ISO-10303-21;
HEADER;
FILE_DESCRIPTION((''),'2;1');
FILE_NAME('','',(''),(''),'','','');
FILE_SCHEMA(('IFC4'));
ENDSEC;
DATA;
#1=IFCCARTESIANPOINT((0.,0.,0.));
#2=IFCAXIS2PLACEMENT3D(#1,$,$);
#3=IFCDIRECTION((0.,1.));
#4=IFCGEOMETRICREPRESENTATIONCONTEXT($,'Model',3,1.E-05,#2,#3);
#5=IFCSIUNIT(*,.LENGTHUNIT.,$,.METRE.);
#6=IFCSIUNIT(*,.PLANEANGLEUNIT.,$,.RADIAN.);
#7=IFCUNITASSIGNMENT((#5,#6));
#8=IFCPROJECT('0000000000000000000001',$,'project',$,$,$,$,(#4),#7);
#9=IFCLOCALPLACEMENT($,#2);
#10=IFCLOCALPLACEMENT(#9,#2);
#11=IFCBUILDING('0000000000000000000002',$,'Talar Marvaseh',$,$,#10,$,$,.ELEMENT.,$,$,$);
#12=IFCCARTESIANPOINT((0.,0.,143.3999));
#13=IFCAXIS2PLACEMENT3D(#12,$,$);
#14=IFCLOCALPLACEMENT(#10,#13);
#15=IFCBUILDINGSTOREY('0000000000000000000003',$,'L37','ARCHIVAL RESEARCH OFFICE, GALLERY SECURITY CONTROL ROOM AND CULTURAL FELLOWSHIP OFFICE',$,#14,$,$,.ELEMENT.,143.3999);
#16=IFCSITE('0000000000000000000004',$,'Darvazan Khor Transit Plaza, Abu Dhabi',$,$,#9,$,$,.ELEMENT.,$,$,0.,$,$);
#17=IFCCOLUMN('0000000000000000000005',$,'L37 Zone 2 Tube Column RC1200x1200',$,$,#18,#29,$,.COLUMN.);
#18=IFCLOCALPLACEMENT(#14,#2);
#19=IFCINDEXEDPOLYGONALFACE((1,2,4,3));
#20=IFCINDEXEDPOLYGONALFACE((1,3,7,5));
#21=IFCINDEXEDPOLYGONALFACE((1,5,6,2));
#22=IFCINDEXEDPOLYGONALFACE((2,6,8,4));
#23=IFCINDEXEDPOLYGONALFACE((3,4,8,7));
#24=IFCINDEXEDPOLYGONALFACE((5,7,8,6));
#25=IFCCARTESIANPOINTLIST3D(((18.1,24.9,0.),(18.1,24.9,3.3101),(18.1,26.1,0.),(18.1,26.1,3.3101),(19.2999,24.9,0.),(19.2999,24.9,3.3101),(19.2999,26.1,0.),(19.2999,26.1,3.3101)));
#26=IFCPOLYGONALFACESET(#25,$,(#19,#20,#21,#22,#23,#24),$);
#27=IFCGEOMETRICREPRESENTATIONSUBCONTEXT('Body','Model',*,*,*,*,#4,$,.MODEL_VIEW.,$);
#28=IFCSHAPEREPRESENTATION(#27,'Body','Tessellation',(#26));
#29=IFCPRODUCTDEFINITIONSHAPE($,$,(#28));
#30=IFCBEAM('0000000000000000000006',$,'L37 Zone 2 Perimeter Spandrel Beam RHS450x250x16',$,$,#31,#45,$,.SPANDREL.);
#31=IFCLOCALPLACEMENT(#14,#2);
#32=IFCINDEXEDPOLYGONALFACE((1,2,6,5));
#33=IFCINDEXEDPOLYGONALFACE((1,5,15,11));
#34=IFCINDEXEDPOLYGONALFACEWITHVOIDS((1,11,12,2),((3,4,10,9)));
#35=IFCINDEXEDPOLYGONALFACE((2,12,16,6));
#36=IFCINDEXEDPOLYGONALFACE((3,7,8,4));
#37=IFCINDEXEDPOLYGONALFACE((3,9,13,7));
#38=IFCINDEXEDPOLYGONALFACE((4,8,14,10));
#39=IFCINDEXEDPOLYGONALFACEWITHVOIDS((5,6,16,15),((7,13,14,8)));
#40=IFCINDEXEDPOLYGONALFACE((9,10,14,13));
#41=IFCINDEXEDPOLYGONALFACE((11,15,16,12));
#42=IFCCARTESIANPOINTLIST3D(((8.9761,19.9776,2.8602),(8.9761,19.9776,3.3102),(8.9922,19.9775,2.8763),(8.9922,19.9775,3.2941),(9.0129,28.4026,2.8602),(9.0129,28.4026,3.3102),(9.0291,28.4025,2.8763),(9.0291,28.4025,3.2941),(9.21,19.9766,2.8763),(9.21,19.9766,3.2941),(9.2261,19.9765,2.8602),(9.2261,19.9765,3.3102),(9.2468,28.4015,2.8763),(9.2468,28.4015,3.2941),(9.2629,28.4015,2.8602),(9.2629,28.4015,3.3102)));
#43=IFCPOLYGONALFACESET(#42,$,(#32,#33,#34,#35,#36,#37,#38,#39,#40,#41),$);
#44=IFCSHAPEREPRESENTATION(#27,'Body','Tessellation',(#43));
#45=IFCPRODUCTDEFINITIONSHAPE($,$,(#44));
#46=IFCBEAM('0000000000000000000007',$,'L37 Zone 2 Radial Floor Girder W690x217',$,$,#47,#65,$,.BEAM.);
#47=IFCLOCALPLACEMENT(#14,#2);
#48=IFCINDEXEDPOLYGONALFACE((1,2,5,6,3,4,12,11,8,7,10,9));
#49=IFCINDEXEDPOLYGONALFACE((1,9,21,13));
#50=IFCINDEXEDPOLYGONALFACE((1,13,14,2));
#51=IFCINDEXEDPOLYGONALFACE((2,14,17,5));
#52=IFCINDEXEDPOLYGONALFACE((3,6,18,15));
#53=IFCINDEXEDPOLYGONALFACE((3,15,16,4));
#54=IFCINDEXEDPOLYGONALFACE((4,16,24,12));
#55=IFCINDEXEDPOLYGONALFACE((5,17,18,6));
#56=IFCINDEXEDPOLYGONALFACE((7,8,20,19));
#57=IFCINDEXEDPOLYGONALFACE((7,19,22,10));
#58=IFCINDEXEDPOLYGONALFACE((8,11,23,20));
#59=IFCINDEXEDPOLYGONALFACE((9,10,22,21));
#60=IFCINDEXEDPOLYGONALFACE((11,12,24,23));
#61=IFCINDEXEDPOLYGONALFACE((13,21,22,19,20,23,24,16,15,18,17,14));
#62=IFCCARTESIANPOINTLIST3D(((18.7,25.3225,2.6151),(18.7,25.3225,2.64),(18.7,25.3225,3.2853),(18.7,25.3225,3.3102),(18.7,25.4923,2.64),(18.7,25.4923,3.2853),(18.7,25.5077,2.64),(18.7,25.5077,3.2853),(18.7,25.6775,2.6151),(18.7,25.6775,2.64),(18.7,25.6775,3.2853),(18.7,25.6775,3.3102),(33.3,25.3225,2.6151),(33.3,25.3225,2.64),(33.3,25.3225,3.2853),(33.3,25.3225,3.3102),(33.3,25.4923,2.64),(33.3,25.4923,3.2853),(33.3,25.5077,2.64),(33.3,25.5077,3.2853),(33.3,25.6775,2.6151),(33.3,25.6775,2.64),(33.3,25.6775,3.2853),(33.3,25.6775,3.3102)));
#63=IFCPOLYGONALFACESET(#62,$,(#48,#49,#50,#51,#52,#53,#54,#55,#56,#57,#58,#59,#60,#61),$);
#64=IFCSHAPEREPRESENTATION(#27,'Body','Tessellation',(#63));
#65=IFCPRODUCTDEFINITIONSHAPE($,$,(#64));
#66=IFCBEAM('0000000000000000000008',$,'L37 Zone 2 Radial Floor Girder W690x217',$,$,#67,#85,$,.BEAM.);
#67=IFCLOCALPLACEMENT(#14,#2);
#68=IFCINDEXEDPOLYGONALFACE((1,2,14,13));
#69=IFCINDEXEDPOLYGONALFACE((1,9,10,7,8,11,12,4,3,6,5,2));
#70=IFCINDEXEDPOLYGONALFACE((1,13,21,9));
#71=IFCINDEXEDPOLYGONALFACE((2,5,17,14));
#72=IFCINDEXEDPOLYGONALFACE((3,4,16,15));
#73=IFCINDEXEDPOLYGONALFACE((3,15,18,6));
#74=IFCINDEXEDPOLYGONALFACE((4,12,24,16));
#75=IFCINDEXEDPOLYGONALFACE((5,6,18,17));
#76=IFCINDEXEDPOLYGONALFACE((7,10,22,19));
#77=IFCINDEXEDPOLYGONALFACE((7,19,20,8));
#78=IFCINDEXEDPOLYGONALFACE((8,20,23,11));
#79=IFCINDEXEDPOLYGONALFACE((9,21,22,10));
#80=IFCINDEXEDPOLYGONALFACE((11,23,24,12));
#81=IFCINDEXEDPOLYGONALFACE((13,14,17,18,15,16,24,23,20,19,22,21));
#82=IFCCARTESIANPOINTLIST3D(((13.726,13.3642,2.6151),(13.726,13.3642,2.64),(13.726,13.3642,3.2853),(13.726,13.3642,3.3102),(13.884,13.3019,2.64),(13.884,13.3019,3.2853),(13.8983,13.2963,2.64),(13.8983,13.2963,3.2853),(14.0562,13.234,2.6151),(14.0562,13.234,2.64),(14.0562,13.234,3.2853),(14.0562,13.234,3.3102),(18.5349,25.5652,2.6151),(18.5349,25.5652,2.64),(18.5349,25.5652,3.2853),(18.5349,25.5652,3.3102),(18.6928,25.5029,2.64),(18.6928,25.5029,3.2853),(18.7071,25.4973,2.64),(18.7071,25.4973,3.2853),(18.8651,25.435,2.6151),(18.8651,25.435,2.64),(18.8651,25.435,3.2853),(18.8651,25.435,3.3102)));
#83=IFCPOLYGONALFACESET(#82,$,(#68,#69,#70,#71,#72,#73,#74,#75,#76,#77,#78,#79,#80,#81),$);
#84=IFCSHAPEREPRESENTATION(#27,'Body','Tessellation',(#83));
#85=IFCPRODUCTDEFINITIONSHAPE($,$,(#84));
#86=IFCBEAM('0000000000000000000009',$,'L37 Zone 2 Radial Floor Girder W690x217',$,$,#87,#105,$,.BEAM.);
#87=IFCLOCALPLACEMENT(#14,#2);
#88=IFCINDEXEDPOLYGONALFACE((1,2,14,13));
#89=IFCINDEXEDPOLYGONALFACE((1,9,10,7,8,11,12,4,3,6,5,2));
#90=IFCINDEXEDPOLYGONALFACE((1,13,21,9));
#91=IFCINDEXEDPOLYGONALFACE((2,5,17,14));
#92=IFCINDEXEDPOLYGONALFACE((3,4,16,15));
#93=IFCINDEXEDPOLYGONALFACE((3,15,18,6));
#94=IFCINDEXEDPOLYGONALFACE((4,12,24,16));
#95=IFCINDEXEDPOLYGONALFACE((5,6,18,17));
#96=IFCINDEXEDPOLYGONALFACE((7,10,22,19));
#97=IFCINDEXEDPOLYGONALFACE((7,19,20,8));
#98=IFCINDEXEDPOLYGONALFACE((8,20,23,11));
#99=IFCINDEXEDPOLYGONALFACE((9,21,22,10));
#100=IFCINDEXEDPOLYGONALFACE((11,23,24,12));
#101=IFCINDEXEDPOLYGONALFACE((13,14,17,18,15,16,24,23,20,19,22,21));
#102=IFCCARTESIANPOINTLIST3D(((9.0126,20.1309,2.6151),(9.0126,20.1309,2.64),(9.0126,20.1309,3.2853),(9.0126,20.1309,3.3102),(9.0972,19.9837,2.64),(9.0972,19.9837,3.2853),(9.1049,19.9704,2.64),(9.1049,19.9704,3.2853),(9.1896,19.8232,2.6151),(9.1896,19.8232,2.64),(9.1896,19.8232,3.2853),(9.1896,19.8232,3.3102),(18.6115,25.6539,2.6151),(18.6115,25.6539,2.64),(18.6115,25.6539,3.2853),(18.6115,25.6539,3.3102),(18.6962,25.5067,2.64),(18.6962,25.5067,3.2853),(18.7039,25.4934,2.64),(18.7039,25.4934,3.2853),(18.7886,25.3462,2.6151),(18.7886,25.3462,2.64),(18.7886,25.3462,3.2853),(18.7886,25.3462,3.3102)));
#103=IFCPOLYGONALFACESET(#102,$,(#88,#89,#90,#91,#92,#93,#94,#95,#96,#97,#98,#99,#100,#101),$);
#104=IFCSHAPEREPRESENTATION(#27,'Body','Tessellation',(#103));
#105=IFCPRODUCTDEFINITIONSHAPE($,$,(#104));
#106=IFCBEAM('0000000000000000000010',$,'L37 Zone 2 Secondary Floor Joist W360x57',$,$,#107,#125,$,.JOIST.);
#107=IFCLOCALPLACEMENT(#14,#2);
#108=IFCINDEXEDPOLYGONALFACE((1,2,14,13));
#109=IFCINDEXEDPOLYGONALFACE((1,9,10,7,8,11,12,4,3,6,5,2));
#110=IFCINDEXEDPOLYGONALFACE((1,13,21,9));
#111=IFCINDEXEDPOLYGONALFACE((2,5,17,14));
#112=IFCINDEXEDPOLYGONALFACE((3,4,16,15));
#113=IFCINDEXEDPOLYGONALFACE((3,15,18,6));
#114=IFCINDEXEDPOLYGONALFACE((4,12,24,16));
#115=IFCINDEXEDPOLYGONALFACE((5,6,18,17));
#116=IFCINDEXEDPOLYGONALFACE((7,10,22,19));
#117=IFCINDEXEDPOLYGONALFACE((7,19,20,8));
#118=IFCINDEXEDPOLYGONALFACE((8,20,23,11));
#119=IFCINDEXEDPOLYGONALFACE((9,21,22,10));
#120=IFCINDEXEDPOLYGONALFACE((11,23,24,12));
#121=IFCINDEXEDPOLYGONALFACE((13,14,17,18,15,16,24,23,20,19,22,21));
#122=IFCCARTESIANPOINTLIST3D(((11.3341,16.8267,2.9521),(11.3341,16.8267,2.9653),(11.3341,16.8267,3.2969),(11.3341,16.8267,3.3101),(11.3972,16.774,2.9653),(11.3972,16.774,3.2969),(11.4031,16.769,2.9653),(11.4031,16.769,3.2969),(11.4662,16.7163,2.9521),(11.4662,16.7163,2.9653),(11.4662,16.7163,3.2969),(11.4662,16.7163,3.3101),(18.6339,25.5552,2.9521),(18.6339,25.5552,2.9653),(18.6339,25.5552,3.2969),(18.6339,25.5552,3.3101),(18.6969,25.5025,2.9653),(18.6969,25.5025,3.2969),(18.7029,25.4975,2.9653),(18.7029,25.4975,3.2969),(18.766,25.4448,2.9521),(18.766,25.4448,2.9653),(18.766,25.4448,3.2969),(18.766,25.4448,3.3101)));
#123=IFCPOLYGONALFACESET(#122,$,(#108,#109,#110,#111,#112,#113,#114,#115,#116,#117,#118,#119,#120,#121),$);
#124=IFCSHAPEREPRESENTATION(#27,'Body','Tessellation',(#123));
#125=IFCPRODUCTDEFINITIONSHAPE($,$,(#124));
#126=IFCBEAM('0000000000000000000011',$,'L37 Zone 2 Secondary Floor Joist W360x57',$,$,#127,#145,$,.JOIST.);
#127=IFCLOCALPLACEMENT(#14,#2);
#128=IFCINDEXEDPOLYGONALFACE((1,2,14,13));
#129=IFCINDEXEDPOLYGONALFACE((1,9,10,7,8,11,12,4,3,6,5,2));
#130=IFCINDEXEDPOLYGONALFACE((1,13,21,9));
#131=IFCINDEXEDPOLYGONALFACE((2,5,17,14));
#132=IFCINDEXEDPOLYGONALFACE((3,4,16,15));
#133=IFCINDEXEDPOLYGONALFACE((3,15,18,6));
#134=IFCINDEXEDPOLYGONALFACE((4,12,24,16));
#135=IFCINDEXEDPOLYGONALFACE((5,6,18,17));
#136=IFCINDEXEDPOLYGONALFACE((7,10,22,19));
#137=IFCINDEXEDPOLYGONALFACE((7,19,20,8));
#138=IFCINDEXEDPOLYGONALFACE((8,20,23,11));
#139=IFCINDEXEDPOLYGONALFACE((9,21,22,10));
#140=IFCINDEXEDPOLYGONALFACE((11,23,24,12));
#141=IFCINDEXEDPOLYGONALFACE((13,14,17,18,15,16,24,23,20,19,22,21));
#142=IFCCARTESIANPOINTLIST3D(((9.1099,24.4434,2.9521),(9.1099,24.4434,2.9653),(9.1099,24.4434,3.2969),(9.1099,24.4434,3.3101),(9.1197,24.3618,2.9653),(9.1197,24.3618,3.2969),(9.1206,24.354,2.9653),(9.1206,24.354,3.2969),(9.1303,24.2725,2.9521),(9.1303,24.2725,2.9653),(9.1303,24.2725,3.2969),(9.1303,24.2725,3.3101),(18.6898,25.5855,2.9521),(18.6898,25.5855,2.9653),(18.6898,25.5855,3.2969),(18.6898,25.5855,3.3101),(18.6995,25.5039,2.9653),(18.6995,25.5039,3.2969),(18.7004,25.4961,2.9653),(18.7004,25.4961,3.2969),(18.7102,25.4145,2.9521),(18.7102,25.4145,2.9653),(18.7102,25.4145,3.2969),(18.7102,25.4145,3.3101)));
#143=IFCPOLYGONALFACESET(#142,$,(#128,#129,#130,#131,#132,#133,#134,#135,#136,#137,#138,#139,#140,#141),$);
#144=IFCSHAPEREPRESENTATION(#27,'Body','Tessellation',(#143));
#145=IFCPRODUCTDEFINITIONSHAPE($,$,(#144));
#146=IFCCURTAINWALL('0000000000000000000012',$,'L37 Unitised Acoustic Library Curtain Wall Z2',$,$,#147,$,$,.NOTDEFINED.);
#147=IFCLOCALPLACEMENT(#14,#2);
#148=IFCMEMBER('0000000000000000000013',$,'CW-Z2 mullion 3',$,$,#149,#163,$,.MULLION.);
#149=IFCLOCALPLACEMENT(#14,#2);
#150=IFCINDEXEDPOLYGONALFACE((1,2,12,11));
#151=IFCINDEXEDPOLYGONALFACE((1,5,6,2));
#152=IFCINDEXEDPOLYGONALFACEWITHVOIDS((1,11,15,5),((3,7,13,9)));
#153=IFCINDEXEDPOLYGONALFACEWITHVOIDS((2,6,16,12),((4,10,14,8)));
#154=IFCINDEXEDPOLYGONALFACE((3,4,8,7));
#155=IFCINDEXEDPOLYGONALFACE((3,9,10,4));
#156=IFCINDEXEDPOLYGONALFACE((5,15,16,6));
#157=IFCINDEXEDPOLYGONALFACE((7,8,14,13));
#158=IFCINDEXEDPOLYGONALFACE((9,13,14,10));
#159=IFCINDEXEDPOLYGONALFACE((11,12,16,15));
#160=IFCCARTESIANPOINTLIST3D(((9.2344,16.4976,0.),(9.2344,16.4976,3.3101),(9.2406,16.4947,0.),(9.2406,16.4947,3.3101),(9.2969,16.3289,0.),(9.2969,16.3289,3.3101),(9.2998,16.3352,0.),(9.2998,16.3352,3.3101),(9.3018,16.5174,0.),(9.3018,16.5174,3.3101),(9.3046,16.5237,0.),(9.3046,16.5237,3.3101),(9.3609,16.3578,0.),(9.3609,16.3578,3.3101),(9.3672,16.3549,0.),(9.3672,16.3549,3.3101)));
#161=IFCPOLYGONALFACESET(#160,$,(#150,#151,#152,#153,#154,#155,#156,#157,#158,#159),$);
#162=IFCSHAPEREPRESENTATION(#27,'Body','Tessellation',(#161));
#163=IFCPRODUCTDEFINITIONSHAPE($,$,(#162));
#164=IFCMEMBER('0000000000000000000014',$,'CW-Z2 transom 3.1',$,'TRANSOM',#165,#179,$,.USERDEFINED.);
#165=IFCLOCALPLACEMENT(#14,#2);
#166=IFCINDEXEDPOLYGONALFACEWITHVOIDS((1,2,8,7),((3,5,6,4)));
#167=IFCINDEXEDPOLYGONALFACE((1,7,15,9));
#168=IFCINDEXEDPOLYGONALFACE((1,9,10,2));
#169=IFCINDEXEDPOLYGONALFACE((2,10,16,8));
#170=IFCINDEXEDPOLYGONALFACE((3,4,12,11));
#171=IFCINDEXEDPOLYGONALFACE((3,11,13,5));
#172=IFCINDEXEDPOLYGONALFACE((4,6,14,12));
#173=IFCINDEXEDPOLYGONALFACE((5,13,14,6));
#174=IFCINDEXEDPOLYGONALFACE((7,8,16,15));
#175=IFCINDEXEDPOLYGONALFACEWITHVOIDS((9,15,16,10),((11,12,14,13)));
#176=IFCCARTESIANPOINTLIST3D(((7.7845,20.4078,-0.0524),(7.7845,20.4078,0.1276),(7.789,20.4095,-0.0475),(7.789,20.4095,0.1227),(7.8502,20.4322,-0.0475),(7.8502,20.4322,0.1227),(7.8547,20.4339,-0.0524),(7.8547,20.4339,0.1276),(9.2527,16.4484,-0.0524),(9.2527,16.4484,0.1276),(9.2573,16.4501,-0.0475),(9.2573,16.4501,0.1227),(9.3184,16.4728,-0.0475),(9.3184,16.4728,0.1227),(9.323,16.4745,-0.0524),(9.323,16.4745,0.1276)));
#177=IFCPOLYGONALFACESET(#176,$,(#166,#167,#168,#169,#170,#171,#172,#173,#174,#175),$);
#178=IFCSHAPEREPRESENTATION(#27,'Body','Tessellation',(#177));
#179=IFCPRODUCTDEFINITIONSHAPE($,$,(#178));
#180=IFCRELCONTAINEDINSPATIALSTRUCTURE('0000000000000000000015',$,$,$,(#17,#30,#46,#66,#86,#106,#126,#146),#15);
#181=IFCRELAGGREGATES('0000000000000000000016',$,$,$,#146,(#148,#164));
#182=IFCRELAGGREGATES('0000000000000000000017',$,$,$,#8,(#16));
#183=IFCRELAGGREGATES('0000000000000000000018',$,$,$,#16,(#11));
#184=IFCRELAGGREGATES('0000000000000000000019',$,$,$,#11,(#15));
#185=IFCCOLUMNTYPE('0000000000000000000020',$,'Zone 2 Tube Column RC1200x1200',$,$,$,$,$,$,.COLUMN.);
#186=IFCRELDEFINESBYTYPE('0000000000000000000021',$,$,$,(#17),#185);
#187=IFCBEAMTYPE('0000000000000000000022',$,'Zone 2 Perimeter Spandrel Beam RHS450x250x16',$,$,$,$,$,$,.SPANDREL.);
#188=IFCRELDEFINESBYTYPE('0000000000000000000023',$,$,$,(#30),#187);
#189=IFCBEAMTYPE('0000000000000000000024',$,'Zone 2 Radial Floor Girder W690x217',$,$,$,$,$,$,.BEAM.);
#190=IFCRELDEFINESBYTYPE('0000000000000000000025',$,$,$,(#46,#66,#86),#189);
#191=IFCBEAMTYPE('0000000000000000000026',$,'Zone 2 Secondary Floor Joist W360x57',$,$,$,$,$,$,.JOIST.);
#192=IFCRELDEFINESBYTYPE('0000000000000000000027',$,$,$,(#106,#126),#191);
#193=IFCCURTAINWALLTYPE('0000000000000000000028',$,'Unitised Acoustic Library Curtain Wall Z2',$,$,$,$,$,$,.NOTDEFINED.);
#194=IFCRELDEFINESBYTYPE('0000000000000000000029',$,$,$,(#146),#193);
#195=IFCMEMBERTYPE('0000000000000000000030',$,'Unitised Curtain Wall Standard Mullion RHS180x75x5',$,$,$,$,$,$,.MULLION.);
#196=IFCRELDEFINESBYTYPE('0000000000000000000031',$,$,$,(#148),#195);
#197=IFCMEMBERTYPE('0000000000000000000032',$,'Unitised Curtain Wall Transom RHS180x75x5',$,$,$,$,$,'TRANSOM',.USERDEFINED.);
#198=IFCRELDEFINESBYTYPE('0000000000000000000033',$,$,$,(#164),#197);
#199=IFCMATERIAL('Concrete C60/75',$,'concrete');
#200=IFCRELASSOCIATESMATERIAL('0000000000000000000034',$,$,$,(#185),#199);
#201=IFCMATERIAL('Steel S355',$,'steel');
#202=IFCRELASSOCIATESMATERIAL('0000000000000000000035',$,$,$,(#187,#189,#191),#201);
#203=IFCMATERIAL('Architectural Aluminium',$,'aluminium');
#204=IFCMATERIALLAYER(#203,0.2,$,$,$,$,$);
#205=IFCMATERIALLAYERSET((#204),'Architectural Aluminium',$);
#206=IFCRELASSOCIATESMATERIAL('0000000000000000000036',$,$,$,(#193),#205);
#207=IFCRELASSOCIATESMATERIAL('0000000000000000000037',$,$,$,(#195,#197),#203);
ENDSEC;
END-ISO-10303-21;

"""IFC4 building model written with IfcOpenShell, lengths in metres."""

from ifc_helpers import new_model, si_unit, direction, frame, origin, origin_2d, place, context, subcontext, project, spatial, rectangle, hollow_rectangle, i_section, extrude, source, transform, mapped, material, layer, layer_set, material_profile, profile_set, type_object, type_shapes, element, aggregate, save


model = new_model("IFC4")

# Units and contexts
model_context = context("Model", 3, precision=1e-05, world=origin(), true_north=direction((0.0, 1.0)))
body_context = subcontext(model_context, "Body", "Model", "MODEL_VIEW")
ifc_project = project(units=[si_unit("LENGTHUNIT", "METRE"), si_unit("PLANEANGLEUNIT", "RADIAN")], contexts=[model_context])

# Site, building, storey
site_placement = place(None, origin())
site = spatial("IfcSite", under=ifc_project, at=site_placement, Name="Darvazan Khor Transit Plaza, Abu Dhabi", CompositionType="ELEMENT", RefElevation=0.0)
building_placement = place(site_placement, origin())
building = spatial("IfcBuilding", under=site, at=building_placement, Name="Talar Marvaseh", CompositionType="ELEMENT")
storey_placement = place(building_placement, frame((0.0, 0.0, 143.3999)))
storey = spatial("IfcBuildingStorey", under=building, at=storey_placement, Name="L37", Description="ARCHIVAL RESEARCH OFFICE, GALLERY SECURITY CONTROL ROOM AND CULTURAL FELLOWSHIP OFFICE", CompositionType="ELEMENT", Elevation=143.3999)

# Column
ifc_material_1 = material(Name="Concrete C60/75", Category="concrete")
ifc_material_profile_1 = material_profile(ifc_material_1, rectangle(XDim=1.2, YDim=1.2, at=origin_2d()), Name="RC1200x1200")
ifc_profile_set_1 = profile_set([ifc_material_profile_1], Name="Concrete C60/75")
column_type = type_object("IfcColumnType", Name="Zone 2 Tube Column RC1200x1200", PredefinedType="COLUMN", material=ifc_profile_set_1)
column_placement = place(storey_placement, frame((18.7, 25.5, 0.0), z_axis=(0.0, 0.0, 1.0), x_axis=(1.0, 0.0, 0.0)))
element("IfcColumn", 1, at=column_placement, inside=storey, type_object=column_type, Name="L37 Zone 2 Tube Column RC1200x1200", PredefinedType="COLUMN", context=body_context, shape_type="SweptSolid", body=[
    extrude(rectangle(XDim=1.2, YDim=1.2, at=origin_2d()), origin(), (0.0, 0.0, 1.0), 3.3101),
])

# Beams
ifc_material_2 = material(Name="Steel S355", Category="steel")
ifc_material_profile_2 = material_profile(ifc_material_2, hollow_rectangle(XDim=0.25, YDim=0.45, WallThickness=0.0161, at=origin_2d()), Name="RHS450x250x16")
ifc_profile_set_2 = profile_set([ifc_material_profile_2], Name="Steel S355")
beam_type_1 = type_object("IfcBeamType", Name="Zone 2 Perimeter Spandrel Beam RHS450x250x16", PredefinedType="SPANDREL", material=ifc_profile_set_2)
beam_1_placement = place(storey_placement, frame((9.1011, 19.9771, 3.0852), z_axis=(0.004376, 0.99999, 0.0), x_axis=(-0.99999, 0.004376, 0.0)))
element("IfcBeam", 2, at=beam_1_placement, inside=storey, type_object=beam_type_1, Name="L37 Zone 2 Perimeter Spandrel Beam RHS450x250x16", PredefinedType="SPANDREL", context=body_context, shape_type="SweptSolid", body=[
    extrude(hollow_rectangle(XDim=0.25, YDim=0.45, WallThickness=0.0161, at=origin_2d()), origin(), (0.0, 0.0, 1.0), 8.425),
])
ifc_material_profile_3 = material_profile(ifc_material_2, i_section(OverallWidth=0.355, OverallDepth=0.6951, WebThickness=0.0154, FlangeThickness=0.0249, at=origin_2d()), Name="W690x217")
ifc_profile_set_3 = profile_set([ifc_material_profile_3], Name="Steel S355")
beam_type_2 = type_object("IfcBeamType", Name="Zone 2 Radial Floor Girder W690x217", PredefinedType="BEAM", material=ifc_profile_set_3)
beam_2_placement = place(storey_placement, frame((18.7, 25.5, 2.9626), z_axis=(1.0, 0.0, 0.0), x_axis=(0.0, 1.0, 0.0)))
element("IfcBeam", 3, at=beam_2_placement, inside=storey, type_object=beam_type_2, Name="L37 Zone 2 Radial Floor Girder W690x217", PredefinedType="BEAM", context=body_context, shape_type="SweptSolid", body=[
    extrude(i_section(OverallWidth=0.355, OverallDepth=0.6951, WebThickness=0.0154, FlangeThickness=0.0249, at=origin_2d()), origin(), (0.0, 0.0, 1.0), 14.6001),
])
beam_3_placement = place(storey_placement, frame((13.8911, 13.2991, 2.9626), z_axis=(0.366684, 0.930346, 0.0), x_axis=(-0.930346, 0.366684, 0.0)))
element("IfcBeam", 4, at=beam_3_placement, inside=storey, type_object=beam_type_2, Name="L37 Zone 2 Radial Floor Girder W690x217", PredefinedType="BEAM", context=body_context, shape_type="SweptSolid", body=[
    extrude(i_section(OverallWidth=0.355, OverallDepth=0.6951, WebThickness=0.0154, FlangeThickness=0.0249, at=origin_2d()), origin(), (0.0, 0.0, 1.0), 13.1145),
])
beam_4_placement = place(storey_placement, frame((9.1011, 19.9771, 2.9626), z_axis=(0.866766, 0.498715, 0.0), x_axis=(-0.498715, 0.866766, 0.0)))
element("IfcBeam", 5, at=beam_4_placement, inside=storey, type_object=beam_type_2, Name="L37 Zone 2 Radial Floor Girder W690x217", PredefinedType="BEAM", context=body_context, shape_type="SweptSolid", body=[
    extrude(i_section(OverallWidth=0.355, OverallDepth=0.6951, WebThickness=0.0154, FlangeThickness=0.0249, at=origin_2d()), origin(), (0.0, 0.0, 1.0), 11.0745),
])
ifc_material_profile_4 = material_profile(ifc_material_2, i_section(OverallWidth=0.1721, OverallDepth=0.3579, WebThickness=0.0078, FlangeThickness=0.0132, at=origin_2d()), Name="W360x57")
ifc_profile_set_4 = profile_set([ifc_material_profile_4], Name="Steel S355")
beam_type_3 = type_object("IfcBeamType", Name="Zone 2 Secondary Floor Joist W360x57", PredefinedType="JOIST", material=ifc_profile_set_4)
beam_5_placement = place(storey_placement, frame((11.4001, 16.7715, 3.1311), z_axis=(0.641534, 0.767095, 0.0), x_axis=(-0.767095, 0.641534, 0.0)))
element("IfcBeam", 6, at=beam_5_placement, inside=storey, type_object=beam_type_3, Name="L37 Zone 2 Secondary Floor Joist W360x57", PredefinedType="JOIST", context=body_context, shape_type="SweptSolid", body=[
    extrude(i_section(OverallWidth=0.1721, OverallDepth=0.3579, WebThickness=0.0078, FlangeThickness=0.0132, at=origin_2d()), origin(), (0.0, 0.0, 1.0), 11.3787),
])
beam_6_placement = place(storey_placement, frame((9.1201, 24.3579, 3.1311), z_axis=(0.992968, 0.11838, 0.0), x_axis=(-0.11838, 0.992968, 0.0)))
element("IfcBeam", 7, at=beam_6_placement, inside=storey, type_object=beam_type_3, Name="L37 Zone 2 Secondary Floor Joist W360x57", PredefinedType="JOIST", context=body_context, shape_type="SweptSolid", body=[
    extrude(i_section(OverallWidth=0.1721, OverallDepth=0.3579, WebThickness=0.0078, FlangeThickness=0.0132, at=origin_2d()), origin(), (0.0, 0.0, 1.0), 9.6477),
])

# Curtain wall, members
ifc_material_3 = material(Name="Architectural Aluminium", Category="aluminium")
ifc_layer_1 = layer(ifc_material_3, 0.2)
ifc_layer_set_1 = layer_set([ifc_layer_1], Name="Architectural Aluminium")
curtain_wall_type = type_object("IfcCurtainWallType", Name="Unitised Acoustic Library Curtain Wall Z2", PredefinedType="NOTDEFINED", material=ifc_layer_set_1)
curtain_wall_placement = place(storey_placement, origin())
curtain_wall = element("IfcCurtainWall", 8, at=curtain_wall_placement, inside=storey, type_object=curtain_wall_type, Name="L37 Unitised Acoustic Library Curtain Wall Z2", PredefinedType="NOTDEFINED")
ifc_material_profile_5 = material_profile(ifc_material_3, hollow_rectangle(XDim=0.075, YDim=0.1799, WallThickness=0.0049, at=origin_2d()), Name="RHS180x75x5")
ifc_profile_set_5 = profile_set([ifc_material_profile_5], Name="Architectural Aluminium")
member_type_1 = type_object("IfcMemberType", Name="Unitised Curtain Wall Standard Mullion RHS180x75x5", PredefinedType="MULLION", material=ifc_profile_set_5)
shared_shape_1 = source(origin(), body_context, "Body", "SweptSolid", [
    extrude(hollow_rectangle(XDim=0.075, YDim=0.1799, WallThickness=0.0049, at=origin_2d()), origin(), (0.0, 0.0, 1.0), 3.3101),
])
type_shapes(member_type_1, [shared_shape_1])
member_1_placement = place(storey_placement, frame((9.3008, 16.4263, 0.0), z_axis=(0.0, 0.0, 1.0), x_axis=(-0.93761, -0.347688, 0.0)))
member_1 = element("IfcMember", 9, at=member_1_placement, type_object=member_type_1, Name="CW-Z2 mullion 3", PredefinedType="MULLION", context=body_context, shape_type="MappedRepresentation", body=[
    mapped(shared_shape_1, transform((0.0, 0.0, 0.0), x_axis=(1.0, 0.0, 0.0), y_axis=(0.0, 1.0, 0.0), z_axis=(0.0, 0.0, 1.0), scale=1.0)),
])
ifc_material_profile_6 = material_profile(ifc_material_3, hollow_rectangle(XDim=0.075, YDim=0.1799, WallThickness=0.0049, at=origin_2d()), Name="RHS180x75x5")
ifc_profile_set_6 = profile_set([ifc_material_profile_6], Name="Architectural Aluminium")
member_type_2 = type_object("IfcMemberType", Name="Unitised Curtain Wall Transom RHS180x75x5", ElementType="TRANSOM", PredefinedType="USERDEFINED", material=ifc_profile_set_6)
shared_shape_2 = source(origin(), body_context, "Body", "SweptSolid", [
    extrude(hollow_rectangle(XDim=0.075, YDim=0.1799, WallThickness=0.0049, at=origin_2d()), origin(), (0.0, 0.0, 1.0), 4.2229),
])
type_shapes(member_type_2, [shared_shape_2])
member_2_placement = place(storey_placement, frame((9.2878, 16.4614, 0.0376), z_axis=(-0.347687, 0.937611, 0.0), x_axis=(-0.937611, -0.347687, 0.0)))
member_2 = element("IfcMember", 10, at=member_2_placement, type_object=member_type_2, Name="CW-Z2 transom 3.1", ObjectType="TRANSOM", PredefinedType="USERDEFINED", context=body_context, shape_type="MappedRepresentation", body=[
    mapped(shared_shape_2, transform((0.0, 0.0, 0.0), x_axis=(1.0, 0.0, 0.0), y_axis=(0.0, 1.0, 0.0), z_axis=(0.0, 0.0, 1.0), scale=1.0)),
])
aggregate(curtain_wall, [member_1, member_2])

save(model, "model.ifc")
